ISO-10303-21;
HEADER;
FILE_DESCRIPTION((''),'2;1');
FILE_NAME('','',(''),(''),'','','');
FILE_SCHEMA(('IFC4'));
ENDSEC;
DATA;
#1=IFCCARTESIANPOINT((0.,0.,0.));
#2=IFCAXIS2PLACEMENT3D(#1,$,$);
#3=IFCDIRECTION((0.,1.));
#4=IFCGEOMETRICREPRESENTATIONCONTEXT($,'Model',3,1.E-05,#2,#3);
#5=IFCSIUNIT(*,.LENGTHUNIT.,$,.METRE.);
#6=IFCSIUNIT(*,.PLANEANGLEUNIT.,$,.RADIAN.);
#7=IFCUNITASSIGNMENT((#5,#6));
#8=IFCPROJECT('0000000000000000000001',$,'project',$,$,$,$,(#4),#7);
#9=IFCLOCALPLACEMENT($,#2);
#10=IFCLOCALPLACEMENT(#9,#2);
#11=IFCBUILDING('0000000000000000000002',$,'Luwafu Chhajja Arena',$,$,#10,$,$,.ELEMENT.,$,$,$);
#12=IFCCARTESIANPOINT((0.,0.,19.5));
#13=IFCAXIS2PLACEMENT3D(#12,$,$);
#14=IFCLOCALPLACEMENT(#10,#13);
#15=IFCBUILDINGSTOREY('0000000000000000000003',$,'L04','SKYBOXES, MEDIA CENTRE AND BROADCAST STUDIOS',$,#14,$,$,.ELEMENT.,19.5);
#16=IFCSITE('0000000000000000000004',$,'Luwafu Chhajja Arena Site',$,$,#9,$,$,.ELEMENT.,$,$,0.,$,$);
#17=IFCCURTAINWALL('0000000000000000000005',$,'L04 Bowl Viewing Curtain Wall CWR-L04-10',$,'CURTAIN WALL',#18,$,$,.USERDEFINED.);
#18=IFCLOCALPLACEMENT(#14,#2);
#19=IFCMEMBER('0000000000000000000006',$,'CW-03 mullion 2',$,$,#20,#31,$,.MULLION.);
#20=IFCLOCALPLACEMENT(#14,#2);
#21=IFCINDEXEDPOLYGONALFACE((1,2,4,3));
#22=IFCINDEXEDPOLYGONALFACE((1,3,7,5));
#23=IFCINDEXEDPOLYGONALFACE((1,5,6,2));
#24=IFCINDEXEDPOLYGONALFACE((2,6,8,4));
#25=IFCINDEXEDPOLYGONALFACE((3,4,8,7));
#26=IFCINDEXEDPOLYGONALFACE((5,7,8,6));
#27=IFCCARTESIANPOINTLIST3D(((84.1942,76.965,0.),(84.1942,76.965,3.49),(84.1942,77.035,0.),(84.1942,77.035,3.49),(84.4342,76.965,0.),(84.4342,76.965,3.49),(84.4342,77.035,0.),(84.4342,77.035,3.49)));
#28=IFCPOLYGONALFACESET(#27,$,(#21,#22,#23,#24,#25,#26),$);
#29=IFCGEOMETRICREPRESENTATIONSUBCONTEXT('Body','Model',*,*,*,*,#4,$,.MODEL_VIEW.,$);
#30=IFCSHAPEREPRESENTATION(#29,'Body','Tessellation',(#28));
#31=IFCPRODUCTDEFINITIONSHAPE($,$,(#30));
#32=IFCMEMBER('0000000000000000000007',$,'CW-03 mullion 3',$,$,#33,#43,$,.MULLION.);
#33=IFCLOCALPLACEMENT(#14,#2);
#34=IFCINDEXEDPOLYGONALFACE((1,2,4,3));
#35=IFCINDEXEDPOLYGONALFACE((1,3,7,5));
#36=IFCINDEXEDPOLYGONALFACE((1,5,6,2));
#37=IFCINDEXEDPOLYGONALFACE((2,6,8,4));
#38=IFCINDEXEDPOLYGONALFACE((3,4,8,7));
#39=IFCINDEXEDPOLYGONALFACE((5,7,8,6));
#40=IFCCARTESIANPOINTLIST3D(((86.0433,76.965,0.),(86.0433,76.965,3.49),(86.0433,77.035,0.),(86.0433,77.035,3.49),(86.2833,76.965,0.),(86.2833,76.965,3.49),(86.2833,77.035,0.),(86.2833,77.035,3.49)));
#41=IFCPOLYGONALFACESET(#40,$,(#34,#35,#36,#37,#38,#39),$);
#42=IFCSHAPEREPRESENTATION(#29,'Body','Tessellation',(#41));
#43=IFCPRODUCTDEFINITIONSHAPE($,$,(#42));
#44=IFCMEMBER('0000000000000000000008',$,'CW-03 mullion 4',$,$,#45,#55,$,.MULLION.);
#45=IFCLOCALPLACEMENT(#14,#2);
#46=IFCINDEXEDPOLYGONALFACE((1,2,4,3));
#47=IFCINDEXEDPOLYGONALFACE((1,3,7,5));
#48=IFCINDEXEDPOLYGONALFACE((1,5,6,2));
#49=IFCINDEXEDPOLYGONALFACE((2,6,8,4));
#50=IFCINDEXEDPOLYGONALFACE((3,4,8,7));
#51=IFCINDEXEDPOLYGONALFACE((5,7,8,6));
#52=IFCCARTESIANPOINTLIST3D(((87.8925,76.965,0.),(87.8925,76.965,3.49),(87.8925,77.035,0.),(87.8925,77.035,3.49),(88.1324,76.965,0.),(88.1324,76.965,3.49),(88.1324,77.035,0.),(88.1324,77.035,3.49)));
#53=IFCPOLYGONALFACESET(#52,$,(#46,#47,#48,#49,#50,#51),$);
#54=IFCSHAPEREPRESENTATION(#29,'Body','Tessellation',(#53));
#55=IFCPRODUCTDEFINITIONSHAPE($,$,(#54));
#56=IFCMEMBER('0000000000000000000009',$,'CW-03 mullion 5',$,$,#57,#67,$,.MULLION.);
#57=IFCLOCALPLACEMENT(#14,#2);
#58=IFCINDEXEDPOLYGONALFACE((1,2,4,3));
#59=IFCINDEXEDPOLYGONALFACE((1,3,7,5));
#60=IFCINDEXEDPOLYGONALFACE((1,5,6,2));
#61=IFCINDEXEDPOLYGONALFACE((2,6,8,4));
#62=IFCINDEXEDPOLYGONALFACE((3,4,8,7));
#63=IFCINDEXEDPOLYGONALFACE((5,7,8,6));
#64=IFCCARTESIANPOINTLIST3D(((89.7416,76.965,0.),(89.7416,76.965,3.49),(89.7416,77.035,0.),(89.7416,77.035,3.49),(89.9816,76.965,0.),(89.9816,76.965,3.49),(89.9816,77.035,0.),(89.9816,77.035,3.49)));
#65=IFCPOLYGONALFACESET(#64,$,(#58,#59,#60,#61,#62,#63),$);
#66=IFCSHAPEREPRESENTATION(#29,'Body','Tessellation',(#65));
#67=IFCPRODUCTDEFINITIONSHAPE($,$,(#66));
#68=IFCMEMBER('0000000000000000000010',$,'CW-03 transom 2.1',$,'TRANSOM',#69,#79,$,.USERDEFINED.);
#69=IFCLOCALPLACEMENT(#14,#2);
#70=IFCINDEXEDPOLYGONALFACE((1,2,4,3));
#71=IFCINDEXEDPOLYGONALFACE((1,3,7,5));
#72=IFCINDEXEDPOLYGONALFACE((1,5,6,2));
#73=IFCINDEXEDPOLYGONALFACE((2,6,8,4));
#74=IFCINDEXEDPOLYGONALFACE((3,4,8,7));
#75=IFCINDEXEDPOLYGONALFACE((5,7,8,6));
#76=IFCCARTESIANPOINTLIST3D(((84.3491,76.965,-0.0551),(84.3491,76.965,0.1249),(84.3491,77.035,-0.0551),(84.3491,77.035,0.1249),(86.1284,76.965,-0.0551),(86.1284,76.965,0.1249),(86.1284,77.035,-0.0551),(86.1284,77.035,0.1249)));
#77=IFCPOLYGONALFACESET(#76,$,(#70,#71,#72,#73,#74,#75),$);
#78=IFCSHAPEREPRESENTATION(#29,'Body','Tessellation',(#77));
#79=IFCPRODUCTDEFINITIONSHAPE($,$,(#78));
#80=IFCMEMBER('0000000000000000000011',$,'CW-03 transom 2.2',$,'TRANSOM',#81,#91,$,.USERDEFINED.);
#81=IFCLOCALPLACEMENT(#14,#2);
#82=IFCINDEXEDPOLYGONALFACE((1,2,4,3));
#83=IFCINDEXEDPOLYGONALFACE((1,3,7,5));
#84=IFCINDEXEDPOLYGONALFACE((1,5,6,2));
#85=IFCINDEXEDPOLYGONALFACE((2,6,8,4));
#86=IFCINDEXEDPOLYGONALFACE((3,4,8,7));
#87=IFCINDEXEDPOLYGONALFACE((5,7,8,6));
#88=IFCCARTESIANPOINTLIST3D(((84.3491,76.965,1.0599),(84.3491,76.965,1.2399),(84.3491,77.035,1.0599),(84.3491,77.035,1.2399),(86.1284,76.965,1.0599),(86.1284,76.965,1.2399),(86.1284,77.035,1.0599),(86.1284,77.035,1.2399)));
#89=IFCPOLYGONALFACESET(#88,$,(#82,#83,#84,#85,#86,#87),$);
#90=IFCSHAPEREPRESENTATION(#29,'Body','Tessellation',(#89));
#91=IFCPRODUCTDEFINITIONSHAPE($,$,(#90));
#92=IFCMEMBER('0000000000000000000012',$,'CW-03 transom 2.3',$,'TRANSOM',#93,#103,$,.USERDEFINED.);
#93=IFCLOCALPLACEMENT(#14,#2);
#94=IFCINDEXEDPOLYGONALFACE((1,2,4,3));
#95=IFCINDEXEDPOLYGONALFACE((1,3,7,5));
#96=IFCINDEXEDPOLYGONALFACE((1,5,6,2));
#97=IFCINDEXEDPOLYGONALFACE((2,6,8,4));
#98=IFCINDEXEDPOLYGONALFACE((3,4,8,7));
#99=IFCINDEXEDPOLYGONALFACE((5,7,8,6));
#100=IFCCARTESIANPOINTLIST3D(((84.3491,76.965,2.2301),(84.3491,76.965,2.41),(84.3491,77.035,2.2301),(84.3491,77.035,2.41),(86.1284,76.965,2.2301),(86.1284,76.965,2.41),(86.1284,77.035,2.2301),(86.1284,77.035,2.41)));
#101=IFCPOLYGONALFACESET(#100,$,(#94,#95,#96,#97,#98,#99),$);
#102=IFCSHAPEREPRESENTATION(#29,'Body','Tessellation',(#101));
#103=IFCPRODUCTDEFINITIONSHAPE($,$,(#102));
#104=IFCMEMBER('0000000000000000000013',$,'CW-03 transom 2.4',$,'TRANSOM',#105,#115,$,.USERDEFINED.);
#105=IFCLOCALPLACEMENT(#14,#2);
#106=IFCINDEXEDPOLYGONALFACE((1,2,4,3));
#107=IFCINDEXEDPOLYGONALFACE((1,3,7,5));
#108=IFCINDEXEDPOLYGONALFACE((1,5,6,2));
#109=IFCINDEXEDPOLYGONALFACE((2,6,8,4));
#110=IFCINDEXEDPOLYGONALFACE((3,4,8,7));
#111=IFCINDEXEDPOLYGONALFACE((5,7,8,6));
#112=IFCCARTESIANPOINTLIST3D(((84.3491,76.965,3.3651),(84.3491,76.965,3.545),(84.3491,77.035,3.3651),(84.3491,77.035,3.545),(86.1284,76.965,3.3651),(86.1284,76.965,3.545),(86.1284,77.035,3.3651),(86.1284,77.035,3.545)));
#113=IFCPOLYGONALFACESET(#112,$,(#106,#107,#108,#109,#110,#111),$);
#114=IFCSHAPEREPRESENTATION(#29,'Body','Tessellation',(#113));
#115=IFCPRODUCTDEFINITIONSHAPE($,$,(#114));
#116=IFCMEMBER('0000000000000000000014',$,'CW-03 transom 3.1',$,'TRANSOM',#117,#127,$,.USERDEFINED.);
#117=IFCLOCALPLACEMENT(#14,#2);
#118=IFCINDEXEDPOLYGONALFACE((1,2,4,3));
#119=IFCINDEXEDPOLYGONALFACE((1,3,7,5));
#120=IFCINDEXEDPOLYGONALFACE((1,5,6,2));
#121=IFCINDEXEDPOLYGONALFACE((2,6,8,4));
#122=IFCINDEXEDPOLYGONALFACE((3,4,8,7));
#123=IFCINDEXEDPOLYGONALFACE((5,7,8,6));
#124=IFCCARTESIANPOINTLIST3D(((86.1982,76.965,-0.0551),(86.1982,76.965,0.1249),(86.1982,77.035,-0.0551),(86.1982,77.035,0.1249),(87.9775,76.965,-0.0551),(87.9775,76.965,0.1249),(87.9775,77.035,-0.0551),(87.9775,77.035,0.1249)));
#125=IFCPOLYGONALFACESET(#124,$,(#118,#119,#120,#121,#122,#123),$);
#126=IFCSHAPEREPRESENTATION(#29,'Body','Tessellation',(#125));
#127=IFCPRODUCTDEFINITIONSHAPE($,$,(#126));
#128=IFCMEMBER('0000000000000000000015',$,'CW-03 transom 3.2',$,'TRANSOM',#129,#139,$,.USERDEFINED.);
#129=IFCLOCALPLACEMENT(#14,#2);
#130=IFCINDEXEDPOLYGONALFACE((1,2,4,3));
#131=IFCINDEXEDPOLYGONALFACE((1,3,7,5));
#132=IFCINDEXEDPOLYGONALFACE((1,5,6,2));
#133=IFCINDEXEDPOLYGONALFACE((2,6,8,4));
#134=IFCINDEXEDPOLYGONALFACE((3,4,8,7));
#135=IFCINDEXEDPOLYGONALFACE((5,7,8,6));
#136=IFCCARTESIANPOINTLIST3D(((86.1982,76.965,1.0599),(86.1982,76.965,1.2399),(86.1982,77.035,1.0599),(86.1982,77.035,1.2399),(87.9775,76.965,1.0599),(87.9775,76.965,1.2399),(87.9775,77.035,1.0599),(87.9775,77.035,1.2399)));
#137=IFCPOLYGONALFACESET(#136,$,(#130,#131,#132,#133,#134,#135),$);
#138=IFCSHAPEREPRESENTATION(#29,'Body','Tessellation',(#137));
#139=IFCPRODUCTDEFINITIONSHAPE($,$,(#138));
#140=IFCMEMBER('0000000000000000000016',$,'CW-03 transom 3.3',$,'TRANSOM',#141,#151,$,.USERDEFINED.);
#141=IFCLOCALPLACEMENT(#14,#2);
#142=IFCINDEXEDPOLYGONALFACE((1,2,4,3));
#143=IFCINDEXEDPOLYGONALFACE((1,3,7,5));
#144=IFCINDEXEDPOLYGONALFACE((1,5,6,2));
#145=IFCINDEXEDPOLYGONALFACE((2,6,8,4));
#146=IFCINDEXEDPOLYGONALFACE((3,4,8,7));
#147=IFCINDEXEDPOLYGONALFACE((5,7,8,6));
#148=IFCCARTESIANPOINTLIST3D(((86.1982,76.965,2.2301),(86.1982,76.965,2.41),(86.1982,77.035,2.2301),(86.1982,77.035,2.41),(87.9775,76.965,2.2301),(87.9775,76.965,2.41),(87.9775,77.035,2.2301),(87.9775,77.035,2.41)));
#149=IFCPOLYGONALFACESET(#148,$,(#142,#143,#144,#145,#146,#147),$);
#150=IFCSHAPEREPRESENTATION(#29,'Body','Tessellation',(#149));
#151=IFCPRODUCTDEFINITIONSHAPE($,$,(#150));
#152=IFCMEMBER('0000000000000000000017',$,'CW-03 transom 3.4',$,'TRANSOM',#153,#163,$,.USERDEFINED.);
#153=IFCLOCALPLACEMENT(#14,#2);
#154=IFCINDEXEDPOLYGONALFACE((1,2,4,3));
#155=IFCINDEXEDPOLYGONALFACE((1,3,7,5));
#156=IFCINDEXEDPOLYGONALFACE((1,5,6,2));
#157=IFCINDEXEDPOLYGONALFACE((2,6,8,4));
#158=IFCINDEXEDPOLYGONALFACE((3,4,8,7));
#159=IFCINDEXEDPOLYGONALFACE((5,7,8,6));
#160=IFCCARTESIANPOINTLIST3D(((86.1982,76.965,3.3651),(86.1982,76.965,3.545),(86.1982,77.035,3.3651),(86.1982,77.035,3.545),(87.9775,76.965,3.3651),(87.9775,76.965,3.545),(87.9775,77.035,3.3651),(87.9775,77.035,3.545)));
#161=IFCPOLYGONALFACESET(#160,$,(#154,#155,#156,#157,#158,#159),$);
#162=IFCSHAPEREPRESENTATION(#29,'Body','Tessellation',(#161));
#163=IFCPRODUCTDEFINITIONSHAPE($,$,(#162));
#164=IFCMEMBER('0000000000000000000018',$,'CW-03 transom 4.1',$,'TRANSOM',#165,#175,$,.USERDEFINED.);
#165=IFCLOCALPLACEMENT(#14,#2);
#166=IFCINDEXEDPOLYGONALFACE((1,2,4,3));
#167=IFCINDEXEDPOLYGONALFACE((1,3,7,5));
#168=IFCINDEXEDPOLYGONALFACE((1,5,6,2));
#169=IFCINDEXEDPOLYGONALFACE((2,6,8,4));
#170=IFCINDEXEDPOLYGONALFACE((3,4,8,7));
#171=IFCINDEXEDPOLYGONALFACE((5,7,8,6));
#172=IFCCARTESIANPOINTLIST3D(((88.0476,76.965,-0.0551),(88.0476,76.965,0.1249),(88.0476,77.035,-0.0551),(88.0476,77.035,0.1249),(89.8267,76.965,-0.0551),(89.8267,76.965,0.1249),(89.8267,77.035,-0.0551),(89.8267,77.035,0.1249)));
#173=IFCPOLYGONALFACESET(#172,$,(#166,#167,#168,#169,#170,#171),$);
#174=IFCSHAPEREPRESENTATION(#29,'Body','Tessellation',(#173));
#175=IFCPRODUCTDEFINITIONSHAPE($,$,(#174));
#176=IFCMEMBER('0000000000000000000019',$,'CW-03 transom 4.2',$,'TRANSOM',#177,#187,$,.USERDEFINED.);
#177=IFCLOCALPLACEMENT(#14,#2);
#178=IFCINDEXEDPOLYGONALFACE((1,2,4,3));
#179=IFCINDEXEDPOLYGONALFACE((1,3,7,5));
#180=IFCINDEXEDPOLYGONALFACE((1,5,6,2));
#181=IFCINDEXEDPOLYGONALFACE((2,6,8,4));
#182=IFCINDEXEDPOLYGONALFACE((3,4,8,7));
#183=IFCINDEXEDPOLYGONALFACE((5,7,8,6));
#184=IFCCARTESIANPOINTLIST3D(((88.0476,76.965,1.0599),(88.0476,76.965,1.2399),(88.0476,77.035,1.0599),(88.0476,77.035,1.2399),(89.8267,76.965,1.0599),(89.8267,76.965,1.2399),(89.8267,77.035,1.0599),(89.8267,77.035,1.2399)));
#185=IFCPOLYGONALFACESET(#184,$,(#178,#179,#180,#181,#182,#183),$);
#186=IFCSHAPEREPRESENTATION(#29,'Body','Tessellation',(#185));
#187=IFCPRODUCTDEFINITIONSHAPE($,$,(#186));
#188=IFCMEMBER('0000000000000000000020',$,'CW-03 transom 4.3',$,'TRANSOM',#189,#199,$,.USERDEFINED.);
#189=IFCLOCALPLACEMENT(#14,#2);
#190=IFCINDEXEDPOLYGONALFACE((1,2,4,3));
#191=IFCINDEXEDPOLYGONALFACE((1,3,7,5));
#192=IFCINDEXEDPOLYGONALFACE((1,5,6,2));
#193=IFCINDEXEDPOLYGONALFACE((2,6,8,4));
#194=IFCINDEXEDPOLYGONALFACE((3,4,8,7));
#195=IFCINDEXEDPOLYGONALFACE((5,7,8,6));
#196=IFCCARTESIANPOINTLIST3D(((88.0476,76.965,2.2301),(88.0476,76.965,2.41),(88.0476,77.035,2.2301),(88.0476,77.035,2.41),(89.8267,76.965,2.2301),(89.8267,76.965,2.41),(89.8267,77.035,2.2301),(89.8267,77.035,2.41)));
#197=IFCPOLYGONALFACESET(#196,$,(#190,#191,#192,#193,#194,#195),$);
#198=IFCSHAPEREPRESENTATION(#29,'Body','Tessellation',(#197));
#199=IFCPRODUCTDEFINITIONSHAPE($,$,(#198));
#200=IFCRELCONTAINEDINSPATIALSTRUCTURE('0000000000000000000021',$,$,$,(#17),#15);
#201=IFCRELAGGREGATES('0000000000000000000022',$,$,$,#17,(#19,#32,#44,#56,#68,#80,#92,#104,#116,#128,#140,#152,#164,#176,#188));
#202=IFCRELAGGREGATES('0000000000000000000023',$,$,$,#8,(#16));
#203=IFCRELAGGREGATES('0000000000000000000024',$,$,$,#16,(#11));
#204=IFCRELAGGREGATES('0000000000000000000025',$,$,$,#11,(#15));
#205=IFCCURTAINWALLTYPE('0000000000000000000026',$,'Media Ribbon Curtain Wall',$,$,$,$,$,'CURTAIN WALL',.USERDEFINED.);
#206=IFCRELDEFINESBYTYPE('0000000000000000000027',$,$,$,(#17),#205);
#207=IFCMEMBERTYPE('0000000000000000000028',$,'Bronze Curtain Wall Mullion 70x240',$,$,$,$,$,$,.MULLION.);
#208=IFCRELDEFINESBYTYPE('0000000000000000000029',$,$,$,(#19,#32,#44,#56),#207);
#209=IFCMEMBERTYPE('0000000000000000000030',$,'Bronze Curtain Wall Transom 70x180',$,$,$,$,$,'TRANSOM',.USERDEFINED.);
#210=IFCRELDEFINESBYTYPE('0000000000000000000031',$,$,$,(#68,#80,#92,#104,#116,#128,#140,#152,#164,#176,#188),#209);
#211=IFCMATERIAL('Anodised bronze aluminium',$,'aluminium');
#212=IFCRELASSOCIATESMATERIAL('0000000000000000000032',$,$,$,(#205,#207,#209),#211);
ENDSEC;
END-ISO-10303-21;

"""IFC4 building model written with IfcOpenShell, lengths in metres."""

from ifc_helpers import new_model, si_unit, direction, frame, origin, origin_2d, place, context, subcontext, project, spatial, rectangle, extrude, material, material_profile, profile_set, type_object, element, aggregate, save


model = new_model("IFC4")

# Units and contexts
model_context = context("Model", 3, precision=1e-05, world=origin(), true_north=direction((0.0, 1.0)))
body_context = subcontext(model_context, "Body", "Model", "MODEL_VIEW")
ifc_project = project(units=[si_unit("LENGTHUNIT", "METRE"), si_unit("PLANEANGLEUNIT", "RADIAN")], contexts=[model_context])

# Site, building, storey
site_placement = place(None, origin())
site = spatial("IfcSite", under=ifc_project, at=site_placement, Name="Luwafu Chhajja Arena Site", CompositionType="ELEMENT", RefElevation=0.0)
building_placement = place(site_placement, origin())
building = spatial("IfcBuilding", under=site, at=building_placement, Name="Luwafu Chhajja Arena", CompositionType="ELEMENT")
storey_placement = place(building_placement, frame((0.0, 0.0, 19.5)))
storey = spatial("IfcBuildingStorey", under=building, at=storey_placement, Name="L04", Description="SKYBOXES, MEDIA CENTRE AND BROADCAST STUDIOS", CompositionType="ELEMENT", Elevation=19.5)

# Curtain wall, members
ifc_material_1 = material(Name="Anodised bronze aluminium", Category="aluminium")
curtain_wall_type = type_object("IfcCurtainWallType", Name="Media Ribbon Curtain Wall", ElementType="CURTAIN WALL", PredefinedType="USERDEFINED", material=ifc_material_1)
curtain_wall_placement = place(storey_placement, origin())
curtain_wall = element("IfcCurtainWall", 1, at=curtain_wall_placement, inside=storey, type_object=curtain_wall_type, Name="L04 Bowl Viewing Curtain Wall CWR-L04-10", ObjectType="CURTAIN WALL", PredefinedType="USERDEFINED")
ifc_material_profile_1 = material_profile(ifc_material_1, rectangle(XDim=0.0701, YDim=0.24, at=origin_2d()), Name="CWM 70x240")
ifc_profile_set_1 = profile_set([ifc_material_profile_1], Name="Anodised bronze aluminium")
member_type_1 = type_object("IfcMemberType", Name="Bronze Curtain Wall Mullion 70x240", PredefinedType="MULLION", material=ifc_profile_set_1)
member_1_placement = place(storey_placement, frame((84.3142, 77.0, 0.0), z_axis=(0.0, 0.0, 1.0), x_axis=(0.0, 1.0, 0.0)))
member_1 = element("IfcMember", 2, at=member_1_placement, type_object=member_type_1, Name="CW-03 mullion 2", PredefinedType="MULLION", context=body_context, shape_type="SweptSolid", body=[
    extrude(rectangle(XDim=0.0701, YDim=0.24, at=origin_2d()), origin(), (0.0, 0.0, 1.0), 3.49),
])
member_2_placement = place(storey_placement, frame((86.1633, 77.0, 0.0), z_axis=(0.0, 0.0, 1.0), x_axis=(0.0, 1.0, 0.0)))
member_2 = element("IfcMember", 3, at=member_2_placement, type_object=member_type_1, Name="CW-03 mullion 3", PredefinedType="MULLION", context=body_context, shape_type="SweptSolid", body=[
    extrude(rectangle(XDim=0.0701, YDim=0.24, at=origin_2d()), origin(), (0.0, 0.0, 1.0), 3.49),
])
member_3_placement = place(storey_placement, frame((88.0125, 77.0, 0.0), z_axis=(0.0, 0.0, 1.0), x_axis=(0.0, 1.0, 0.0)))
member_3 = element("IfcMember", 4, at=member_3_placement, type_object=member_type_1, Name="CW-03 mullion 4", PredefinedType="MULLION", context=body_context, shape_type="SweptSolid", body=[
    extrude(rectangle(XDim=0.0701, YDim=0.24, at=origin_2d()), origin(), (0.0, 0.0, 1.0), 3.49),
])
member_4_placement = place(storey_placement, frame((89.8616, 77.0, 0.0), z_axis=(0.0, 0.0, 1.0), x_axis=(0.0, 1.0, 0.0)))
member_4 = element("IfcMember", 5, at=member_4_placement, type_object=member_type_1, Name="CW-03 mullion 5", PredefinedType="MULLION", context=body_context, shape_type="SweptSolid", body=[
    extrude(rectangle(XDim=0.0701, YDim=0.24, at=origin_2d()), origin(), (0.0, 0.0, 1.0), 3.49),
])
ifc_material_profile_2 = material_profile(ifc_material_1, rectangle(XDim=0.0701, YDim=0.1799, at=origin_2d()), Name="CWT 70x180")
ifc_profile_set_2 = profile_set([ifc_material_profile_2], Name="Anodised bronze aluminium")
member_type_2 = type_object("IfcMemberType", Name="Bronze Curtain Wall Transom 70x180", ElementType="TRANSOM", PredefinedType="USERDEFINED", material=ifc_profile_set_2)
member_5_placement = place(storey_placement, frame((84.3491, 77.0, 0.0349), z_axis=(1.0, 0.0, 0.0), x_axis=(0.0, 1.0, 0.0)))
member_5 = element("IfcMember", 6, at=member_5_placement, type_object=member_type_2, Name="CW-03 transom 2.1", ObjectType="TRANSOM", PredefinedType="USERDEFINED", context=body_context, shape_type="SweptSolid", body=[
    extrude(rectangle(XDim=0.0701, YDim=0.1799, at=origin_2d()), origin(), (0.0, 0.0, 1.0), 1.7793),
])
member_6_placement = place(storey_placement, frame((84.3491, 77.0, 1.1499), z_axis=(1.0, 0.0, 0.0), x_axis=(0.0, 1.0, 0.0)))
member_6 = element("IfcMember", 7, at=member_6_placement, type_object=member_type_2, Name="CW-03 transom 2.2", ObjectType="TRANSOM", PredefinedType="USERDEFINED", context=body_context, shape_type="SweptSolid", body=[
    extrude(rectangle(XDim=0.0701, YDim=0.1799, at=origin_2d()), origin(), (0.0, 0.0, 1.0), 1.7793),
])
member_7_placement = place(storey_placement, frame((84.3491, 77.0, 2.3201), z_axis=(1.0, 0.0, 0.0), x_axis=(0.0, 1.0, 0.0)))
member_7 = element("IfcMember", 8, at=member_7_placement, type_object=member_type_2, Name="CW-03 transom 2.3", ObjectType="TRANSOM", PredefinedType="USERDEFINED", context=body_context, shape_type="SweptSolid", body=[
    extrude(rectangle(XDim=0.0701, YDim=0.1799, at=origin_2d()), origin(), (0.0, 0.0, 1.0), 1.7793),
])
member_8_placement = place(storey_placement, frame((84.3491, 77.0, 3.4551), z_axis=(1.0, 0.0, 0.0), x_axis=(0.0, 1.0, 0.0)))
member_8 = element("IfcMember", 9, at=member_8_placement, type_object=member_type_2, Name="CW-03 transom 2.4", ObjectType="TRANSOM", PredefinedType="USERDEFINED", context=body_context, shape_type="SweptSolid", body=[
    extrude(rectangle(XDim=0.0701, YDim=0.1799, at=origin_2d()), origin(), (0.0, 0.0, 1.0), 1.7793),
])
member_9_placement = place(storey_placement, frame((86.1982, 77.0, 0.0349), z_axis=(1.0, 0.0, 0.0), x_axis=(0.0, 1.0, 0.0)))
member_9 = element("IfcMember", 10, at=member_9_placement, type_object=member_type_2, Name="CW-03 transom 3.1", ObjectType="TRANSOM", PredefinedType="USERDEFINED", context=body_context, shape_type="SweptSolid", body=[
    extrude(rectangle(XDim=0.0701, YDim=0.1799, at=origin_2d()), origin(), (0.0, 0.0, 1.0), 1.7793),
])
member_10_placement = place(storey_placement, frame((86.1982, 77.0, 1.1499), z_axis=(1.0, 0.0, 0.0), x_axis=(0.0, 1.0, 0.0)))
member_10 = element("IfcMember", 11, at=member_10_placement, type_object=member_type_2, Name="CW-03 transom 3.2", ObjectType="TRANSOM", PredefinedType="USERDEFINED", context=body_context, shape_type="SweptSolid", body=[
    extrude(rectangle(XDim=0.0701, YDim=0.1799, at=origin_2d()), origin(), (0.0, 0.0, 1.0), 1.7793),
])
member_11_placement = place(storey_placement, frame((86.1982, 77.0, 2.3201), z_axis=(1.0, 0.0, 0.0), x_axis=(0.0, 1.0, 0.0)))
member_11 = element("IfcMember", 12, at=member_11_placement, type_object=member_type_2, Name="CW-03 transom 3.3", ObjectType="TRANSOM", PredefinedType="USERDEFINED", context=body_context, shape_type="SweptSolid", body=[
    extrude(rectangle(XDim=0.0701, YDim=0.1799, at=origin_2d()), origin(), (0.0, 0.0, 1.0), 1.7793),
])
member_12_placement = place(storey_placement, frame((86.1982, 77.0, 3.4551), z_axis=(1.0, 0.0, 0.0), x_axis=(0.0, 1.0, 0.0)))
member_12 = element("IfcMember", 13, at=member_12_placement, type_object=member_type_2, Name="CW-03 transom 3.4", ObjectType="TRANSOM", PredefinedType="USERDEFINED", context=body_context, shape_type="SweptSolid", body=[
    extrude(rectangle(XDim=0.0701, YDim=0.1799, at=origin_2d()), origin(), (0.0, 0.0, 1.0), 1.7793),
])
member_13_placement = place(storey_placement, frame((88.0476, 77.0, 0.0349), z_axis=(1.0, 0.0, 0.0), x_axis=(0.0, 1.0, 0.0)))
member_13 = element("IfcMember", 14, at=member_13_placement, type_object=member_type_2, Name="CW-03 transom 4.1", ObjectType="TRANSOM", PredefinedType="USERDEFINED", context=body_context, shape_type="SweptSolid", body=[
    extrude(rectangle(XDim=0.0701, YDim=0.1799, at=origin_2d()), origin(), (0.0, 0.0, 1.0), 1.7791),
])
member_14_placement = place(storey_placement, frame((88.0476, 77.0, 1.1499), z_axis=(1.0, 0.0, 0.0), x_axis=(0.0, 1.0, 0.0)))
member_14 = element("IfcMember", 15, at=member_14_placement, type_object=member_type_2, Name="CW-03 transom 4.2", ObjectType="TRANSOM", PredefinedType="USERDEFINED", context=body_context, shape_type="SweptSolid", body=[
    extrude(rectangle(XDim=0.0701, YDim=0.1799, at=origin_2d()), origin(), (0.0, 0.0, 1.0), 1.7791),
])
member_15_placement = place(storey_placement, frame((88.0476, 77.0, 2.3201), z_axis=(1.0, 0.0, 0.0), x_axis=(0.0, 1.0, 0.0)))
member_15 = element("IfcMember", 16, at=member_15_placement, type_object=member_type_2, Name="CW-03 transom 4.3", ObjectType="TRANSOM", PredefinedType="USERDEFINED", context=body_context, shape_type="SweptSolid", body=[
    extrude(rectangle(XDim=0.0701, YDim=0.1799, at=origin_2d()), origin(), (0.0, 0.0, 1.0), 1.7791),
])
aggregate(curtain_wall, [member_1, member_2, member_3, member_4, member_5, member_6, member_7, member_8, member_9, member_10, member_11, member_12, member_13, member_14, member_15])

save(model, "model.ifc")
